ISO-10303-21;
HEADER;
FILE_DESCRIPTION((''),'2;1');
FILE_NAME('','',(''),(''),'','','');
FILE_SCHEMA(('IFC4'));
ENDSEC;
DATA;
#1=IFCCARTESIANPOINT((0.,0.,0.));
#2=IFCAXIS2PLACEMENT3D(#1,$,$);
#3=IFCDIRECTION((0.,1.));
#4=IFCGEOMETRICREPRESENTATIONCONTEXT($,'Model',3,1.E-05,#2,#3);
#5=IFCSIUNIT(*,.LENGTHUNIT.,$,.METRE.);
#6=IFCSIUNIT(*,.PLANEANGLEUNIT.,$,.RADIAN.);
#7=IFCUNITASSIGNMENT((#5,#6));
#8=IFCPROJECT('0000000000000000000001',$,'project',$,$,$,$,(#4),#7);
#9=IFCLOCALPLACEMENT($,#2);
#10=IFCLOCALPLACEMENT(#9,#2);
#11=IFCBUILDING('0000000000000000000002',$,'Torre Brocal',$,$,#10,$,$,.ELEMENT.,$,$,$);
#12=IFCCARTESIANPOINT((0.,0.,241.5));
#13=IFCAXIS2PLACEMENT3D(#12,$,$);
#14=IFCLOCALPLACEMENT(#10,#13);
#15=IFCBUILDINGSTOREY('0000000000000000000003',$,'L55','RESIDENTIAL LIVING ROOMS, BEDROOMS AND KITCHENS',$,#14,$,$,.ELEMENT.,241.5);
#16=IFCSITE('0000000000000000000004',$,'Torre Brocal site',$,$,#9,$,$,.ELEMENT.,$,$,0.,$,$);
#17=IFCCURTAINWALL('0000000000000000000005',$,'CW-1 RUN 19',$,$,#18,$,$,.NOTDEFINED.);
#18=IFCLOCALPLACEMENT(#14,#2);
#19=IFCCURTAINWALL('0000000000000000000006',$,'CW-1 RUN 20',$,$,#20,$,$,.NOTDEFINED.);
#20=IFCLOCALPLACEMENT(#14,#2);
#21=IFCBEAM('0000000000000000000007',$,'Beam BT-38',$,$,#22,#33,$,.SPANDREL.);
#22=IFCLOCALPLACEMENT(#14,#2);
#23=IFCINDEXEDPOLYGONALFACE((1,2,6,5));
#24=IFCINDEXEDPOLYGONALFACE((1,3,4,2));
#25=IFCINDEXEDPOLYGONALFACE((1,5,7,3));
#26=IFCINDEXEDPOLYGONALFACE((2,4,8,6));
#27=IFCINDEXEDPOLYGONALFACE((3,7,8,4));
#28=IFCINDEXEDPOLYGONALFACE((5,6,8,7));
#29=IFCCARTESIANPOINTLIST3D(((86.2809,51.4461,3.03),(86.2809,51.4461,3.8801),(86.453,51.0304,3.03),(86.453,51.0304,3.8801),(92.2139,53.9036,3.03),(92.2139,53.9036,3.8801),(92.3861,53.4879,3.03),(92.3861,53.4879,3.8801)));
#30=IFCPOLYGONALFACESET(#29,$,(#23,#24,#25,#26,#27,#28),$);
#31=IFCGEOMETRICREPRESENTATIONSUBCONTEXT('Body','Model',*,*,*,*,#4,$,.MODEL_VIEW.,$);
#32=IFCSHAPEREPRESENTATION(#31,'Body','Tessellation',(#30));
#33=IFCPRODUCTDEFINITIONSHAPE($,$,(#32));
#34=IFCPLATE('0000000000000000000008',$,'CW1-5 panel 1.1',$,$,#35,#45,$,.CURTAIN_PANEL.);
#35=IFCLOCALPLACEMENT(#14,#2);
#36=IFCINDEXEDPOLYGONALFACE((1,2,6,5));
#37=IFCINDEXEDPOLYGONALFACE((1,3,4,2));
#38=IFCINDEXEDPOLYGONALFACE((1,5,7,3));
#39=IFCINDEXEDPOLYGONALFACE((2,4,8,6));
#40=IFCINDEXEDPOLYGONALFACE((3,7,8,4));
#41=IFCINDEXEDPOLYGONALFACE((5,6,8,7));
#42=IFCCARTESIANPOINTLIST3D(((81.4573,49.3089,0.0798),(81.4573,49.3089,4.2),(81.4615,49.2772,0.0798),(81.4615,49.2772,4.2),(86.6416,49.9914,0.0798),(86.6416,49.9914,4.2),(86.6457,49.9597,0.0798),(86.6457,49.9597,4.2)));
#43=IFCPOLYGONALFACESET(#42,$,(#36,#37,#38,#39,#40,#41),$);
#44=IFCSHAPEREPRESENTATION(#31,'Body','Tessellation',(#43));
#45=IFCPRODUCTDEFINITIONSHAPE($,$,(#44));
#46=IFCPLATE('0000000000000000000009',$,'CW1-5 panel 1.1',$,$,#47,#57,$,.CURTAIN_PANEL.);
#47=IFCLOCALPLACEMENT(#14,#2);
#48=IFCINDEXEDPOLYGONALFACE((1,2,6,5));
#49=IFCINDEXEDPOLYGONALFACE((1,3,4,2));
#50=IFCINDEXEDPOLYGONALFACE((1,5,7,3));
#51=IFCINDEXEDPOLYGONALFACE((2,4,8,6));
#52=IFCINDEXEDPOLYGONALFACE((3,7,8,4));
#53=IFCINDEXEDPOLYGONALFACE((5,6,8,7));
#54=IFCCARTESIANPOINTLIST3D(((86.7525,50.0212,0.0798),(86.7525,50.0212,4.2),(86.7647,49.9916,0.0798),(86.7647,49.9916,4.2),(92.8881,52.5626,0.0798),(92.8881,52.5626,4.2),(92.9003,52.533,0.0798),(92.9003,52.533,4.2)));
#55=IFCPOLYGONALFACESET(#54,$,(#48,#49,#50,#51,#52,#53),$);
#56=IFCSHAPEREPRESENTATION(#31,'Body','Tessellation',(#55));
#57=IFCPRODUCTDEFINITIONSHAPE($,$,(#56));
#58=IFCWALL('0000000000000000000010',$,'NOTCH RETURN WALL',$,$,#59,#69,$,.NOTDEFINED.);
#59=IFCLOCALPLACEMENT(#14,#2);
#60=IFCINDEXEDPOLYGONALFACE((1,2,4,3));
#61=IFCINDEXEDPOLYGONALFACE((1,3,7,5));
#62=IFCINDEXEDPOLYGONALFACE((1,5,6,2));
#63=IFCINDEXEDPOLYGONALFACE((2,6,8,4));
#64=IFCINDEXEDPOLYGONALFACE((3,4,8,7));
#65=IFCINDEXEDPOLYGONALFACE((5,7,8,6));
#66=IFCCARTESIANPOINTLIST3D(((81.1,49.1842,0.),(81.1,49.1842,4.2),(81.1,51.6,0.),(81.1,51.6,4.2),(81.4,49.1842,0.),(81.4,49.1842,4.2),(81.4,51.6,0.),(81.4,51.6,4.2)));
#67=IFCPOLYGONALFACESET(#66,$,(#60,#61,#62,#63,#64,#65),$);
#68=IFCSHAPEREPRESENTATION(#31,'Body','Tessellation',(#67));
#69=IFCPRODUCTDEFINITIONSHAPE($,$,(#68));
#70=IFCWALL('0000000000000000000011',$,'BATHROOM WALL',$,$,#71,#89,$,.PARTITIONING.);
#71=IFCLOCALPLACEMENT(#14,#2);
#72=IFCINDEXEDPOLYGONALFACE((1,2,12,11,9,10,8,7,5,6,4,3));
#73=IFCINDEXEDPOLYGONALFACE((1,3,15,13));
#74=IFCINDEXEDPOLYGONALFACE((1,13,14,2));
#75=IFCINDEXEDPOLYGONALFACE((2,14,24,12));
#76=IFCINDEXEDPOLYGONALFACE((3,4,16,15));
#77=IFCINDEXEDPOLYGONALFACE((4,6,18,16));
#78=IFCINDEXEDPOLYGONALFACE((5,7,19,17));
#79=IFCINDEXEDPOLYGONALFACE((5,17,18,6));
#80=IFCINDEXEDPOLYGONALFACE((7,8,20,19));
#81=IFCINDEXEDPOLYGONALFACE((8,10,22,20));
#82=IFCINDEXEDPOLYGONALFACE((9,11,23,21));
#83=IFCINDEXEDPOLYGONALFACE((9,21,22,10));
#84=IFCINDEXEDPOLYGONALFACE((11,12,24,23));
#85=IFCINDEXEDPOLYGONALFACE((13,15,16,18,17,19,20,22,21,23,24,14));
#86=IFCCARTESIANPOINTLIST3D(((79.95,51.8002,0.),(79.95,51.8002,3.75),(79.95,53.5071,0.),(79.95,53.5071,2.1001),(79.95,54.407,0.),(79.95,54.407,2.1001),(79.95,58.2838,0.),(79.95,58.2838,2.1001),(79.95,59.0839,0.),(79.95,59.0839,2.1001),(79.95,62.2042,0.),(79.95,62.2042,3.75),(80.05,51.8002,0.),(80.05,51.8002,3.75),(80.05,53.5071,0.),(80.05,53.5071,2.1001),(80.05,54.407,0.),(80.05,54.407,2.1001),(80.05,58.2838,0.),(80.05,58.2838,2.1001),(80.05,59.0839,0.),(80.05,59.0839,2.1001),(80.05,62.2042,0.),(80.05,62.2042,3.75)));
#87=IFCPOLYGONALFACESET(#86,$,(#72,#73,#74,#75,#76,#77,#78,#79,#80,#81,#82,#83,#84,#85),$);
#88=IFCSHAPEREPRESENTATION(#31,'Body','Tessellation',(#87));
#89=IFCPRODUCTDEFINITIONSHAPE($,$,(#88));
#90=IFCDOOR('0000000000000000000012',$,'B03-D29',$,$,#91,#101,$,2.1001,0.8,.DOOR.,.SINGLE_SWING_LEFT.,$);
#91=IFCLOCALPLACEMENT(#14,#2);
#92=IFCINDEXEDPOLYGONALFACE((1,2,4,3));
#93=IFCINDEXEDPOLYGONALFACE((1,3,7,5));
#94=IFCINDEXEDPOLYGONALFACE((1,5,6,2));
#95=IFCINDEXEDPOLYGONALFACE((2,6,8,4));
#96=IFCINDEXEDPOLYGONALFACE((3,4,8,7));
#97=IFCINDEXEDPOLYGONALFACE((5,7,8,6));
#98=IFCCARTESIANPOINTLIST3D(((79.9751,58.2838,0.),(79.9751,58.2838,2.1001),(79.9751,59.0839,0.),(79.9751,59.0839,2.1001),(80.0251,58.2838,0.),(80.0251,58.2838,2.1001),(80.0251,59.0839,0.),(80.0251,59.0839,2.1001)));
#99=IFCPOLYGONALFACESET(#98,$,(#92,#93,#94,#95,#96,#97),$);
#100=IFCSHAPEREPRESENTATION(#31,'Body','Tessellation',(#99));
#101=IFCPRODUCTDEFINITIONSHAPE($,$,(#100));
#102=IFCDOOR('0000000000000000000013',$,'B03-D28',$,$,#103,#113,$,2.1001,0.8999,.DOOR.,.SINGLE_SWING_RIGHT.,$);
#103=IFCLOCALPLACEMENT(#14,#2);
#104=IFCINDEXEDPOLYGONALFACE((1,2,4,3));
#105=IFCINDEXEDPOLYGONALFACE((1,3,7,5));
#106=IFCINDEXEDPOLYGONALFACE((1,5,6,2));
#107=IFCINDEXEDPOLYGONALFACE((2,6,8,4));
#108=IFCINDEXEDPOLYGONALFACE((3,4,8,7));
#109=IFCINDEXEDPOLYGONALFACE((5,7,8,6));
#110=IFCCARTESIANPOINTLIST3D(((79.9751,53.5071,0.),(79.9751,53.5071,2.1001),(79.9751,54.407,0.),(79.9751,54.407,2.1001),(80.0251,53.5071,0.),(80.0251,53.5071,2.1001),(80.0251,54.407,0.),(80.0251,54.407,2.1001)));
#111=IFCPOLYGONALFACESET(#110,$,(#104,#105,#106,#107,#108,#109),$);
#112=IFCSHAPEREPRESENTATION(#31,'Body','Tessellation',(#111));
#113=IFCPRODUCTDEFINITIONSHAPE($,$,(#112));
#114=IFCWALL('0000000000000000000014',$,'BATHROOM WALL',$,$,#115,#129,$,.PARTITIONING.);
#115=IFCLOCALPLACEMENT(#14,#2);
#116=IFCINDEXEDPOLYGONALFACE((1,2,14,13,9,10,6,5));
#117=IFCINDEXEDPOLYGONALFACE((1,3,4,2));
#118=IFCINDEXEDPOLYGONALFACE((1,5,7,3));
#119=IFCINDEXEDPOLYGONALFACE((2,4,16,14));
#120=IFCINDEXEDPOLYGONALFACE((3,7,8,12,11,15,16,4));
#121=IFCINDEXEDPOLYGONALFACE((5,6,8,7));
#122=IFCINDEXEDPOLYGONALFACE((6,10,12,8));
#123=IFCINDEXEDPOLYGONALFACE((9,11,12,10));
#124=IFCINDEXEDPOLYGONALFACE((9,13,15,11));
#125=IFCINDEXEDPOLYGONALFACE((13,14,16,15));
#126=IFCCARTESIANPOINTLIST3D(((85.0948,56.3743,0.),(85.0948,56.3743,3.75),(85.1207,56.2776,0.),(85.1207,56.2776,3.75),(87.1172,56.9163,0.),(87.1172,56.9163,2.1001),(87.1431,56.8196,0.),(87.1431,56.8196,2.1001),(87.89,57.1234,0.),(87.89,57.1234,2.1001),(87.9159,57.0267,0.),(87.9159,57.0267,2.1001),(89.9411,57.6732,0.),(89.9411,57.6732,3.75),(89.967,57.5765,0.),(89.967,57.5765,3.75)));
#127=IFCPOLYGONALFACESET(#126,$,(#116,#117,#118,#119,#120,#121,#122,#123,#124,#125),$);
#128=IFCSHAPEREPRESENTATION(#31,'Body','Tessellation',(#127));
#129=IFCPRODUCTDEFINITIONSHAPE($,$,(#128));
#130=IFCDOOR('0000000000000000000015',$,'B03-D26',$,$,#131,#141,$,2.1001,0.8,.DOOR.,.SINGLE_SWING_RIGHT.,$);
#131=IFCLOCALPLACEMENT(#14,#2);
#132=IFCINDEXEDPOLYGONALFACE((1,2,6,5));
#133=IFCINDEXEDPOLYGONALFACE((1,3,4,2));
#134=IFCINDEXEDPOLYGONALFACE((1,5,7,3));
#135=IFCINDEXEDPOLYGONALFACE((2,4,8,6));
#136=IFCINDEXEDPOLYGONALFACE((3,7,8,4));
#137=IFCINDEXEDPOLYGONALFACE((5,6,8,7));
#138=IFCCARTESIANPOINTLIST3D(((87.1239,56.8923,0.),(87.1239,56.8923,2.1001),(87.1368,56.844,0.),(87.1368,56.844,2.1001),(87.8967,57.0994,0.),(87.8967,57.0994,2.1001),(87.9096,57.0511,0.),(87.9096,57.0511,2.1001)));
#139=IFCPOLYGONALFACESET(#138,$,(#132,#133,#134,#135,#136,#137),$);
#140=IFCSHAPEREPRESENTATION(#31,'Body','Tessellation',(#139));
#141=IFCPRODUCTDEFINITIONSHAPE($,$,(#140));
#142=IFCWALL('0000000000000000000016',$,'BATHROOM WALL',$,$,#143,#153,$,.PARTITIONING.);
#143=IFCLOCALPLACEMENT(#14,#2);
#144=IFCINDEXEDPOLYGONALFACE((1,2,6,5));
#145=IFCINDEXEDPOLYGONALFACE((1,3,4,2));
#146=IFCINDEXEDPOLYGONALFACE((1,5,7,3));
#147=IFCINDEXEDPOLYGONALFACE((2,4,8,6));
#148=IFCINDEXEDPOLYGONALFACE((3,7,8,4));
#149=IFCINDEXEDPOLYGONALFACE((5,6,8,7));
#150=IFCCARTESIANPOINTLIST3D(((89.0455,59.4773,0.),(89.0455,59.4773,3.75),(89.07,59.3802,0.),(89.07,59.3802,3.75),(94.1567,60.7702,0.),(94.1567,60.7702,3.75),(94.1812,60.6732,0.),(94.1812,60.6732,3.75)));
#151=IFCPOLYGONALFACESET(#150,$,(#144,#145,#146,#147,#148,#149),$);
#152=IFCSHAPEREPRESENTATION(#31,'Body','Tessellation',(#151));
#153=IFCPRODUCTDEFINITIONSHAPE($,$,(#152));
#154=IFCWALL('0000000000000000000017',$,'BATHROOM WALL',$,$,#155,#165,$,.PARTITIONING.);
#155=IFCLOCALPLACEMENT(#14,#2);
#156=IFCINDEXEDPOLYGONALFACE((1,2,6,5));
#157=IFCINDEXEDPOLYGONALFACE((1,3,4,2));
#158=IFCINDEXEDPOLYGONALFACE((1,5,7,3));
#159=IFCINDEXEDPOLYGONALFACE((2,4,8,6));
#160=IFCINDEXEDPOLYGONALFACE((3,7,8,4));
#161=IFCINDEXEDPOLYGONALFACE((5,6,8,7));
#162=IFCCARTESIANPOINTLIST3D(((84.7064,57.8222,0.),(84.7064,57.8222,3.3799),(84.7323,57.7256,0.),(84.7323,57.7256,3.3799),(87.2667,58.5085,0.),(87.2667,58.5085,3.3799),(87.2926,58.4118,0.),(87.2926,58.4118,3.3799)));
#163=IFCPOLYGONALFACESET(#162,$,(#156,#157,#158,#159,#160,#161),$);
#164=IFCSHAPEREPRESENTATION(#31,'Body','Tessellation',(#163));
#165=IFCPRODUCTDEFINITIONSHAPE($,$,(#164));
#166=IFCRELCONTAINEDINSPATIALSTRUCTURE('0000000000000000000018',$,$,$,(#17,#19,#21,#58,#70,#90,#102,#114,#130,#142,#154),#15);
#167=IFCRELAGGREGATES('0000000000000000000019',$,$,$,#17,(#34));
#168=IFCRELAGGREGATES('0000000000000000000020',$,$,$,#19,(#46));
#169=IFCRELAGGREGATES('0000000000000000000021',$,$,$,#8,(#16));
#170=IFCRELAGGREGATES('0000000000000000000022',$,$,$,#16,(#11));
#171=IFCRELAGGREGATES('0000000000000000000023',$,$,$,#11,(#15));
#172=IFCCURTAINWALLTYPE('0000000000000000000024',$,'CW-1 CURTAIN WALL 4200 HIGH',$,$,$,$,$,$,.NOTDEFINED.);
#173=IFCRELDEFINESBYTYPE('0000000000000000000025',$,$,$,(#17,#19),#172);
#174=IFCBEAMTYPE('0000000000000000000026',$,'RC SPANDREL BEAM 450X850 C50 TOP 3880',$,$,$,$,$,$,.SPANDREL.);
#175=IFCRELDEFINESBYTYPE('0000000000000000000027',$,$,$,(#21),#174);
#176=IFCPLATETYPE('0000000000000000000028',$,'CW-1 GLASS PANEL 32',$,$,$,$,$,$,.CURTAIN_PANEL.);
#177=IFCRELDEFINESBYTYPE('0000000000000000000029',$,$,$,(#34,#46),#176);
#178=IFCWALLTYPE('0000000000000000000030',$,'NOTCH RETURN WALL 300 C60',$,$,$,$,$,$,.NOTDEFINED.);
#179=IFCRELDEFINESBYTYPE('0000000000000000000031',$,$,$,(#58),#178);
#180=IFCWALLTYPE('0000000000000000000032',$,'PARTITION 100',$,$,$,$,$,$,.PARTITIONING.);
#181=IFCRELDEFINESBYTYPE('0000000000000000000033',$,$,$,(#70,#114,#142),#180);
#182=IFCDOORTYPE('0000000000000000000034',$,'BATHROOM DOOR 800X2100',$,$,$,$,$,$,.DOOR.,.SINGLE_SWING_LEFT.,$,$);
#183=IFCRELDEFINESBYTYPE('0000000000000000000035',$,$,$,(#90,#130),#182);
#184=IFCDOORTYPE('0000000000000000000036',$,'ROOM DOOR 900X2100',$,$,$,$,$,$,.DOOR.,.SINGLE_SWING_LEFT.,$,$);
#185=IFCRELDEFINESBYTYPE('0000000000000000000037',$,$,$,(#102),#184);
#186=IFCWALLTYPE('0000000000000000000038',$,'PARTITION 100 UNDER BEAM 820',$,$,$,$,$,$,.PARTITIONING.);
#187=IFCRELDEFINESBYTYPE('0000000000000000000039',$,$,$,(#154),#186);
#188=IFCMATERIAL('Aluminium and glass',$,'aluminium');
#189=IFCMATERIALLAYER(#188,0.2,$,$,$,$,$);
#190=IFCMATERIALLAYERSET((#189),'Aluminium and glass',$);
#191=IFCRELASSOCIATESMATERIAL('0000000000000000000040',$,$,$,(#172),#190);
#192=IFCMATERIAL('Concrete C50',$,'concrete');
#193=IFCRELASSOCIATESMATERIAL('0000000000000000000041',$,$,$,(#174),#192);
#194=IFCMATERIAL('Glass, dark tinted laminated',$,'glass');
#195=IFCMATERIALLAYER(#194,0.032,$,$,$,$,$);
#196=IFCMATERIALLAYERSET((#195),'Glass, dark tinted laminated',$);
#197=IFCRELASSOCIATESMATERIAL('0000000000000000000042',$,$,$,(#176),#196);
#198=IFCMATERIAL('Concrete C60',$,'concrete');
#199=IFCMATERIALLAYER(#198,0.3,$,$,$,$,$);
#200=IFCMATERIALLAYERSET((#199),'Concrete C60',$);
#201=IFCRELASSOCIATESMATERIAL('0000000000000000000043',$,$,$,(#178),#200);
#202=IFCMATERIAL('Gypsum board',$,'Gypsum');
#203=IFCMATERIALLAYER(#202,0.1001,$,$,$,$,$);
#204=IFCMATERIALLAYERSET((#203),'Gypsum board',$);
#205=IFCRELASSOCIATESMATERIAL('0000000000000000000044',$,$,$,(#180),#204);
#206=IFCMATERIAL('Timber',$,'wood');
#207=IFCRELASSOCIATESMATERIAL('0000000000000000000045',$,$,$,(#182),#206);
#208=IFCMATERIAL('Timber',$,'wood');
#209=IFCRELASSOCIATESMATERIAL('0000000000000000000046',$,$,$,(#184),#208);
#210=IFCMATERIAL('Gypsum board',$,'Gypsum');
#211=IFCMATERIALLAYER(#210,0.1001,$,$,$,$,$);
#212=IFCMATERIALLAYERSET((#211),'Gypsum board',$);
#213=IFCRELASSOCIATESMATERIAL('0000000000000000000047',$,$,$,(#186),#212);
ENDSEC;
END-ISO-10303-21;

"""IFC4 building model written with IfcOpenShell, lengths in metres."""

from ifc_helpers import new_model, si_unit, direction, frame, frame_2d, origin, origin_2d, place, context, subcontext, project, spatial, rectangle, extrude, material, layer, layer_set, material_profile, profile_set, type_object, element, fill, aggregate, save


model = new_model("IFC4")

# Units and contexts
model_context = context("Model", 3, precision=1e-05, world=origin(), true_north=direction((0.0, 1.0)))
body_context = subcontext(model_context, "Body", "Model", "MODEL_VIEW")
ifc_project = project(units=[si_unit("LENGTHUNIT", "METRE"), si_unit("PLANEANGLEUNIT", "RADIAN")], contexts=[model_context])

# Site, building, storey
site_placement = place(None, origin())
site = spatial("IfcSite", under=ifc_project, at=site_placement, Name="Torre Brocal site", CompositionType="ELEMENT", RefElevation=0.0)
building_placement = place(site_placement, origin())
building = spatial("IfcBuilding", under=site, at=building_placement, Name="Torre Brocal", CompositionType="ELEMENT")
storey_placement = place(building_placement, frame((0.0, 0.0, 241.5)))
storey = spatial("IfcBuildingStorey", under=building, at=storey_placement, Name="L55", Description="RESIDENTIAL LIVING ROOMS, BEDROOMS AND KITCHENS", CompositionType="ELEMENT", Elevation=241.5)

# Curtain wall
ifc_material_1 = material(Name="Aluminium and glass", Category="aluminium")
ifc_layer_1 = layer(ifc_material_1, 0.2)
ifc_layer_set_1 = layer_set([ifc_layer_1], Name="Aluminium and glass")
curtain_wall_type = type_object("IfcCurtainWallType", Name="CW-1 CURTAIN WALL 4200 HIGH", PredefinedType="NOTDEFINED", material=ifc_layer_set_1)
curtain_wall_1_placement = place(storey_placement, origin())
curtain_wall_1 = element("IfcCurtainWall", 1, at=curtain_wall_1_placement, inside=storey, type_object=curtain_wall_type, Name="CW-1 RUN 19", PredefinedType="NOTDEFINED")

# Curtain wall
curtain_wall_2_placement = place(storey_placement, origin())
curtain_wall_2 = element("IfcCurtainWall", 2, at=curtain_wall_2_placement, inside=storey, type_object=curtain_wall_type, Name="CW-1 RUN 20", PredefinedType="NOTDEFINED")

# Beam
ifc_material_2 = material(Name="Concrete C50", Category="concrete")
ifc_material_profile_1 = material_profile(ifc_material_2, rectangle(XDim=0.45, YDim=0.8501, at=origin_2d()), Name="RC 450X850")
ifc_profile_set_1 = profile_set([ifc_material_profile_1], Name="Concrete C50")
beam_type_1 = type_object("IfcBeamType", Name="RC SPANDREL BEAM 450X850 C50 TOP 3880", PredefinedType="SPANDREL", material=ifc_profile_set_1)
beam_1_placement = place(storey_placement, frame((86.3669, 51.2383, 3.4551), z_axis=(0.923882, 0.382676, 0.0), x_axis=(-0.382676, 0.923882, 0.0)))
element("IfcBeam", 3, at=beam_1_placement, inside=storey, type_object=beam_type_1, Name="Beam BT-38", PredefinedType="SPANDREL", context=body_context, shape_type="SweptSolid", body=[
    extrude(rectangle(XDim=0.45, YDim=0.8501, at=origin_2d()), origin(), (0.0, 0.0, 1.0), 6.4219),
])

# Plates
ifc_material_3 = material(Name="Glass, dark tinted laminated", Category="glass")
ifc_layer_2 = layer(ifc_material_3, 0.032)
ifc_layer_set_2 = layer_set([ifc_layer_2], Name="Glass, dark tinted laminated")
plate_type = type_object("IfcPlateType", Name="CW-1 GLASS PANEL 32", PredefinedType="CURTAIN_PANEL", material=ifc_layer_set_2)
plate_1_placement = place(storey_placement, frame((84.0515, 49.6343, 0.0798), z_axis=(0.0, 0.0, 1.0), x_axis=(0.991445, 0.130526, 0.0)))
plate_1 = element("IfcPlate", 4, at=plate_1_placement, type_object=plate_type, Name="CW1-5 panel 1.1", PredefinedType="CURTAIN_PANEL", context=body_context, shape_type="SweptSolid", body=[
    extrude(rectangle(XDim=5.229, YDim=0.032, at=origin_2d()), origin(), (0.0, 0.0, 1.0), 4.1201),
])
aggregate(curtain_wall_1, [plate_1])
plate_2_placement = place(storey_placement, frame((89.8264, 51.2771, 0.0798), z_axis=(0.0, 0.0, 1.0), x_axis=(0.92388, 0.382683, 0.0)))
plate_2 = element("IfcPlate", 5, at=plate_2_placement, type_object=plate_type, Name="CW1-5 panel 1.1", PredefinedType="CURTAIN_PANEL", context=body_context, shape_type="SweptSolid", body=[
    extrude(rectangle(XDim=6.6411, YDim=0.032, at=origin_2d()), origin(), (0.0, 0.0, 1.0), 4.1201),
])
aggregate(curtain_wall_2, [plate_2])

# Wall
ifc_material_4 = material(Name="Concrete C60", Category="concrete")
ifc_layer_3 = layer(ifc_material_4, 0.3)
ifc_layer_set_3 = layer_set([ifc_layer_3], Name="Concrete C60")
wall_type_1 = type_object("IfcWallType", Name="NOTCH RETURN WALL 300 C60", PredefinedType="NOTDEFINED", material=ifc_layer_set_3)
wall_1_placement = place(storey_placement, frame((81.25, 51.6001, 0.0), z_axis=(0.0, 0.0, 1.0), x_axis=(0.0, -1.0, 0.0)))
element("IfcWall", 6, at=wall_1_placement, inside=storey, type_object=wall_type_1, Name="NOTCH RETURN WALL", PredefinedType="NOTDEFINED", context=body_context, shape_type="SweptSolid", body=[
    extrude(rectangle(XDim=2.4158, YDim=0.3, at=frame_2d((1.208, 0.0))), origin(), (0.0, 0.0, 1.0), 4.2),
])

# Wall, openings, doors
ifc_material_5 = material(Name="Gypsum board", Category="Gypsum")
ifc_layer_4 = layer(ifc_material_5, 0.1001)
ifc_layer_set_4 = layer_set([ifc_layer_4], Name="Gypsum board")
wall_type_2 = type_object("IfcWallType", Name="PARTITION 100", PredefinedType="PARTITIONING", material=ifc_layer_set_4)
wall_2_placement = place(storey_placement, frame((80.0, 51.8, 0.0), z_axis=(0.0, 0.0, 1.0), x_axis=(0.0, 1.0, 0.0)))
wall_2 = element("IfcWall", 7, at=wall_2_placement, inside=storey, type_object=wall_type_2, Name="BATHROOM WALL", PredefinedType="PARTITIONING", context=body_context, shape_type="SweptSolid", body=[
    extrude(rectangle(XDim=10.4041, YDim=0.1001, at=frame_2d((5.2021, 0.0))), origin(), (0.0, 0.0, 1.0), 3.75),
])
opening_1_placement = place(wall_2_placement, frame((1.707, 0.0, 0.0)))
opening_1 = element("IfcOpeningElement", 8, at=opening_1_placement, cuts=wall_2, PredefinedType="OPENING", context=body_context, shape_type="SweptSolid", body=[
    extrude(rectangle(XDim=0.8999, YDim=2.1001, at=frame_2d((0.45, 1.05))), frame((0.0, 0.0601, 0.0), z_axis=(0.0, -1.0, 0.0), x_axis=(1.0, 0.0, 0.0)), (0.0, 0.0, 1.0), 0.1201),
])
opening_2_placement = place(wall_2_placement, frame((6.4839, 0.0, 0.0)))
opening_2 = element("IfcOpeningElement", 9, at=opening_2_placement, cuts=wall_2, PredefinedType="OPENING", context=body_context, shape_type="SweptSolid", body=[
    extrude(rectangle(XDim=0.8, YDim=2.1001, at=frame_2d((0.3999, 1.05))), frame((0.0, 0.0601, 0.0), z_axis=(0.0, -1.0, 0.0), x_axis=(1.0, 0.0, 0.0)), (0.0, 0.0, 1.0), 0.1201),
])
ifc_material_6 = material(Name="Timber", Category="wood")
door_type_1 = type_object("IfcDoorType", Name="BATHROOM DOOR 800X2100", OperationType="SINGLE_SWING_LEFT", PredefinedType="DOOR", material=ifc_material_6)
door_1_placement = place(opening_2_placement, origin())
door_1 = element("IfcDoor", 10, at=door_1_placement, inside=storey, type_object=door_type_1, Name="B03-D29", OperationType="SINGLE_SWING_LEFT", OverallHeight=2.1001, OverallWidth=0.8, PredefinedType="DOOR", context=body_context, shape_type="SweptSolid", body=[
    extrude(rectangle(XDim=0.8, YDim=2.1001, at=frame_2d((0.3999, 1.05))), frame((0.0, 0.0249, 0.0), z_axis=(0.0, -1.0, 0.0), x_axis=(1.0, 0.0, 0.0)), (0.0, 0.0, 1.0), 0.05),
])
fill(opening_2, door_1)
ifc_material_7 = material(Name="Timber", Category="wood")
door_type_2 = type_object("IfcDoorType", Name="ROOM DOOR 900X2100", OperationType="SINGLE_SWING_LEFT", PredefinedType="DOOR", material=ifc_material_7)
door_2_placement = place(opening_1_placement, origin())
door_2 = element("IfcDoor", 11, at=door_2_placement, inside=storey, type_object=door_type_2, Name="B03-D28", OperationType="SINGLE_SWING_RIGHT", OverallHeight=2.1001, OverallWidth=0.8999, PredefinedType="DOOR", context=body_context, shape_type="SweptSolid", body=[
    extrude(rectangle(XDim=0.8999, YDim=2.1001, at=frame_2d((0.45, 1.05))), frame((0.0, 0.0249, 0.0), z_axis=(0.0, -1.0, 0.0), x_axis=(1.0, 0.0, 0.0)), (0.0, 0.0, 1.0), 0.05),
])
fill(opening_1, door_2)

# Wall, opening, door
wall_3_placement = place(storey_placement, frame((85.1077, 56.3259, 0.0), z_axis=(0.0, 0.0, 1.0), x_axis=(0.965911, 0.258874, 0.0)))
wall_3 = element("IfcWall", 12, at=wall_3_placement, inside=storey, type_object=wall_type_2, Name="BATHROOM WALL", PredefinedType="PARTITIONING", context=body_context, shape_type="SweptSolid", body=[
    extrude(rectangle(XDim=5.0173, YDim=0.1001, at=frame_2d((2.5088, 0.0))), origin(), (0.0, 0.0, 1.0), 3.75),
])
opening_3_placement = place(wall_3_placement, frame((2.094, 0.0, 0.0)))
opening_3 = element("IfcOpeningElement", 13, at=opening_3_placement, cuts=wall_3, PredefinedType="OPENING", context=body_context, shape_type="SweptSolid", body=[
    extrude(rectangle(XDim=0.8, YDim=2.1001, at=frame_2d((0.3999, 1.05))), frame((0.0, 0.0601, 0.0), z_axis=(0.0, -1.0, 0.0), x_axis=(1.0, 0.0, 0.0)), (0.0, 0.0, 1.0), 0.1201),
])
door_3_placement = place(opening_3_placement, frame((0.8, 0.0, 0.0), z_axis=(0.0, 0.0, 1.0), x_axis=(-1.0, 0.0, 0.0)))
door_3 = element("IfcDoor", 14, at=door_3_placement, inside=storey, type_object=door_type_1, Name="B03-D26", OperationType="SINGLE_SWING_RIGHT", OverallHeight=2.1001, OverallWidth=0.8, PredefinedType="DOOR", context=body_context, shape_type="SweptSolid", body=[
    extrude(rectangle(XDim=0.8, YDim=2.1001, at=frame_2d((0.3999, 1.05))), frame((0.0, 0.0249, 0.0), z_axis=(0.0, -1.0, 0.0), x_axis=(1.0, 0.0, 0.0)), (0.0, 0.0, 1.0), 0.05),
])
fill(opening_3, door_3)

# Walls
wall_4_placement = place(storey_placement, frame((89.0576, 59.4287, 0.0), z_axis=(0.0, 0.0, 1.0), x_axis=(0.969463, 0.245237, 0.0)))
element("IfcWall", 15, at=wall_4_placement, inside=storey, type_object=wall_type_2, Name="BATHROOM WALL", PredefinedType="PARTITIONING", context=body_context, shape_type="SweptSolid", body=[
    extrude(rectangle(XDim=5.2722, YDim=0.1001, at=frame_2d((2.6362, 0.0))), origin(), (0.0, 0.0, 1.0), 3.75),
])
ifc_material_8 = material(Name="Gypsum board", Category="Gypsum")
ifc_layer_5 = layer(ifc_material_8, 0.1001)
ifc_layer_set_5 = layer_set([ifc_layer_5], Name="Gypsum board")
wall_type_3 = type_object("IfcWallType", Name="PARTITION 100 UNDER BEAM 820", PredefinedType="PARTITIONING", material=ifc_layer_set_5)
wall_5_placement = place(storey_placement, frame((84.7195, 57.7739, 0.0), z_axis=(0.0, 0.0, 1.0), x_axis=(0.965902, 0.258906, 0.0)))
element("IfcWall", 16, at=wall_5_placement, inside=storey, type_object=wall_type_3, Name="BATHROOM WALL", PredefinedType="PARTITIONING", context=body_context, shape_type="SweptSolid", body=[
    extrude(rectangle(XDim=2.6506, YDim=0.1001, at=frame_2d((1.3252, 0.0))), origin(), (0.0, 0.0, 1.0), 3.3799),
])

save(model, "model.ifc")
